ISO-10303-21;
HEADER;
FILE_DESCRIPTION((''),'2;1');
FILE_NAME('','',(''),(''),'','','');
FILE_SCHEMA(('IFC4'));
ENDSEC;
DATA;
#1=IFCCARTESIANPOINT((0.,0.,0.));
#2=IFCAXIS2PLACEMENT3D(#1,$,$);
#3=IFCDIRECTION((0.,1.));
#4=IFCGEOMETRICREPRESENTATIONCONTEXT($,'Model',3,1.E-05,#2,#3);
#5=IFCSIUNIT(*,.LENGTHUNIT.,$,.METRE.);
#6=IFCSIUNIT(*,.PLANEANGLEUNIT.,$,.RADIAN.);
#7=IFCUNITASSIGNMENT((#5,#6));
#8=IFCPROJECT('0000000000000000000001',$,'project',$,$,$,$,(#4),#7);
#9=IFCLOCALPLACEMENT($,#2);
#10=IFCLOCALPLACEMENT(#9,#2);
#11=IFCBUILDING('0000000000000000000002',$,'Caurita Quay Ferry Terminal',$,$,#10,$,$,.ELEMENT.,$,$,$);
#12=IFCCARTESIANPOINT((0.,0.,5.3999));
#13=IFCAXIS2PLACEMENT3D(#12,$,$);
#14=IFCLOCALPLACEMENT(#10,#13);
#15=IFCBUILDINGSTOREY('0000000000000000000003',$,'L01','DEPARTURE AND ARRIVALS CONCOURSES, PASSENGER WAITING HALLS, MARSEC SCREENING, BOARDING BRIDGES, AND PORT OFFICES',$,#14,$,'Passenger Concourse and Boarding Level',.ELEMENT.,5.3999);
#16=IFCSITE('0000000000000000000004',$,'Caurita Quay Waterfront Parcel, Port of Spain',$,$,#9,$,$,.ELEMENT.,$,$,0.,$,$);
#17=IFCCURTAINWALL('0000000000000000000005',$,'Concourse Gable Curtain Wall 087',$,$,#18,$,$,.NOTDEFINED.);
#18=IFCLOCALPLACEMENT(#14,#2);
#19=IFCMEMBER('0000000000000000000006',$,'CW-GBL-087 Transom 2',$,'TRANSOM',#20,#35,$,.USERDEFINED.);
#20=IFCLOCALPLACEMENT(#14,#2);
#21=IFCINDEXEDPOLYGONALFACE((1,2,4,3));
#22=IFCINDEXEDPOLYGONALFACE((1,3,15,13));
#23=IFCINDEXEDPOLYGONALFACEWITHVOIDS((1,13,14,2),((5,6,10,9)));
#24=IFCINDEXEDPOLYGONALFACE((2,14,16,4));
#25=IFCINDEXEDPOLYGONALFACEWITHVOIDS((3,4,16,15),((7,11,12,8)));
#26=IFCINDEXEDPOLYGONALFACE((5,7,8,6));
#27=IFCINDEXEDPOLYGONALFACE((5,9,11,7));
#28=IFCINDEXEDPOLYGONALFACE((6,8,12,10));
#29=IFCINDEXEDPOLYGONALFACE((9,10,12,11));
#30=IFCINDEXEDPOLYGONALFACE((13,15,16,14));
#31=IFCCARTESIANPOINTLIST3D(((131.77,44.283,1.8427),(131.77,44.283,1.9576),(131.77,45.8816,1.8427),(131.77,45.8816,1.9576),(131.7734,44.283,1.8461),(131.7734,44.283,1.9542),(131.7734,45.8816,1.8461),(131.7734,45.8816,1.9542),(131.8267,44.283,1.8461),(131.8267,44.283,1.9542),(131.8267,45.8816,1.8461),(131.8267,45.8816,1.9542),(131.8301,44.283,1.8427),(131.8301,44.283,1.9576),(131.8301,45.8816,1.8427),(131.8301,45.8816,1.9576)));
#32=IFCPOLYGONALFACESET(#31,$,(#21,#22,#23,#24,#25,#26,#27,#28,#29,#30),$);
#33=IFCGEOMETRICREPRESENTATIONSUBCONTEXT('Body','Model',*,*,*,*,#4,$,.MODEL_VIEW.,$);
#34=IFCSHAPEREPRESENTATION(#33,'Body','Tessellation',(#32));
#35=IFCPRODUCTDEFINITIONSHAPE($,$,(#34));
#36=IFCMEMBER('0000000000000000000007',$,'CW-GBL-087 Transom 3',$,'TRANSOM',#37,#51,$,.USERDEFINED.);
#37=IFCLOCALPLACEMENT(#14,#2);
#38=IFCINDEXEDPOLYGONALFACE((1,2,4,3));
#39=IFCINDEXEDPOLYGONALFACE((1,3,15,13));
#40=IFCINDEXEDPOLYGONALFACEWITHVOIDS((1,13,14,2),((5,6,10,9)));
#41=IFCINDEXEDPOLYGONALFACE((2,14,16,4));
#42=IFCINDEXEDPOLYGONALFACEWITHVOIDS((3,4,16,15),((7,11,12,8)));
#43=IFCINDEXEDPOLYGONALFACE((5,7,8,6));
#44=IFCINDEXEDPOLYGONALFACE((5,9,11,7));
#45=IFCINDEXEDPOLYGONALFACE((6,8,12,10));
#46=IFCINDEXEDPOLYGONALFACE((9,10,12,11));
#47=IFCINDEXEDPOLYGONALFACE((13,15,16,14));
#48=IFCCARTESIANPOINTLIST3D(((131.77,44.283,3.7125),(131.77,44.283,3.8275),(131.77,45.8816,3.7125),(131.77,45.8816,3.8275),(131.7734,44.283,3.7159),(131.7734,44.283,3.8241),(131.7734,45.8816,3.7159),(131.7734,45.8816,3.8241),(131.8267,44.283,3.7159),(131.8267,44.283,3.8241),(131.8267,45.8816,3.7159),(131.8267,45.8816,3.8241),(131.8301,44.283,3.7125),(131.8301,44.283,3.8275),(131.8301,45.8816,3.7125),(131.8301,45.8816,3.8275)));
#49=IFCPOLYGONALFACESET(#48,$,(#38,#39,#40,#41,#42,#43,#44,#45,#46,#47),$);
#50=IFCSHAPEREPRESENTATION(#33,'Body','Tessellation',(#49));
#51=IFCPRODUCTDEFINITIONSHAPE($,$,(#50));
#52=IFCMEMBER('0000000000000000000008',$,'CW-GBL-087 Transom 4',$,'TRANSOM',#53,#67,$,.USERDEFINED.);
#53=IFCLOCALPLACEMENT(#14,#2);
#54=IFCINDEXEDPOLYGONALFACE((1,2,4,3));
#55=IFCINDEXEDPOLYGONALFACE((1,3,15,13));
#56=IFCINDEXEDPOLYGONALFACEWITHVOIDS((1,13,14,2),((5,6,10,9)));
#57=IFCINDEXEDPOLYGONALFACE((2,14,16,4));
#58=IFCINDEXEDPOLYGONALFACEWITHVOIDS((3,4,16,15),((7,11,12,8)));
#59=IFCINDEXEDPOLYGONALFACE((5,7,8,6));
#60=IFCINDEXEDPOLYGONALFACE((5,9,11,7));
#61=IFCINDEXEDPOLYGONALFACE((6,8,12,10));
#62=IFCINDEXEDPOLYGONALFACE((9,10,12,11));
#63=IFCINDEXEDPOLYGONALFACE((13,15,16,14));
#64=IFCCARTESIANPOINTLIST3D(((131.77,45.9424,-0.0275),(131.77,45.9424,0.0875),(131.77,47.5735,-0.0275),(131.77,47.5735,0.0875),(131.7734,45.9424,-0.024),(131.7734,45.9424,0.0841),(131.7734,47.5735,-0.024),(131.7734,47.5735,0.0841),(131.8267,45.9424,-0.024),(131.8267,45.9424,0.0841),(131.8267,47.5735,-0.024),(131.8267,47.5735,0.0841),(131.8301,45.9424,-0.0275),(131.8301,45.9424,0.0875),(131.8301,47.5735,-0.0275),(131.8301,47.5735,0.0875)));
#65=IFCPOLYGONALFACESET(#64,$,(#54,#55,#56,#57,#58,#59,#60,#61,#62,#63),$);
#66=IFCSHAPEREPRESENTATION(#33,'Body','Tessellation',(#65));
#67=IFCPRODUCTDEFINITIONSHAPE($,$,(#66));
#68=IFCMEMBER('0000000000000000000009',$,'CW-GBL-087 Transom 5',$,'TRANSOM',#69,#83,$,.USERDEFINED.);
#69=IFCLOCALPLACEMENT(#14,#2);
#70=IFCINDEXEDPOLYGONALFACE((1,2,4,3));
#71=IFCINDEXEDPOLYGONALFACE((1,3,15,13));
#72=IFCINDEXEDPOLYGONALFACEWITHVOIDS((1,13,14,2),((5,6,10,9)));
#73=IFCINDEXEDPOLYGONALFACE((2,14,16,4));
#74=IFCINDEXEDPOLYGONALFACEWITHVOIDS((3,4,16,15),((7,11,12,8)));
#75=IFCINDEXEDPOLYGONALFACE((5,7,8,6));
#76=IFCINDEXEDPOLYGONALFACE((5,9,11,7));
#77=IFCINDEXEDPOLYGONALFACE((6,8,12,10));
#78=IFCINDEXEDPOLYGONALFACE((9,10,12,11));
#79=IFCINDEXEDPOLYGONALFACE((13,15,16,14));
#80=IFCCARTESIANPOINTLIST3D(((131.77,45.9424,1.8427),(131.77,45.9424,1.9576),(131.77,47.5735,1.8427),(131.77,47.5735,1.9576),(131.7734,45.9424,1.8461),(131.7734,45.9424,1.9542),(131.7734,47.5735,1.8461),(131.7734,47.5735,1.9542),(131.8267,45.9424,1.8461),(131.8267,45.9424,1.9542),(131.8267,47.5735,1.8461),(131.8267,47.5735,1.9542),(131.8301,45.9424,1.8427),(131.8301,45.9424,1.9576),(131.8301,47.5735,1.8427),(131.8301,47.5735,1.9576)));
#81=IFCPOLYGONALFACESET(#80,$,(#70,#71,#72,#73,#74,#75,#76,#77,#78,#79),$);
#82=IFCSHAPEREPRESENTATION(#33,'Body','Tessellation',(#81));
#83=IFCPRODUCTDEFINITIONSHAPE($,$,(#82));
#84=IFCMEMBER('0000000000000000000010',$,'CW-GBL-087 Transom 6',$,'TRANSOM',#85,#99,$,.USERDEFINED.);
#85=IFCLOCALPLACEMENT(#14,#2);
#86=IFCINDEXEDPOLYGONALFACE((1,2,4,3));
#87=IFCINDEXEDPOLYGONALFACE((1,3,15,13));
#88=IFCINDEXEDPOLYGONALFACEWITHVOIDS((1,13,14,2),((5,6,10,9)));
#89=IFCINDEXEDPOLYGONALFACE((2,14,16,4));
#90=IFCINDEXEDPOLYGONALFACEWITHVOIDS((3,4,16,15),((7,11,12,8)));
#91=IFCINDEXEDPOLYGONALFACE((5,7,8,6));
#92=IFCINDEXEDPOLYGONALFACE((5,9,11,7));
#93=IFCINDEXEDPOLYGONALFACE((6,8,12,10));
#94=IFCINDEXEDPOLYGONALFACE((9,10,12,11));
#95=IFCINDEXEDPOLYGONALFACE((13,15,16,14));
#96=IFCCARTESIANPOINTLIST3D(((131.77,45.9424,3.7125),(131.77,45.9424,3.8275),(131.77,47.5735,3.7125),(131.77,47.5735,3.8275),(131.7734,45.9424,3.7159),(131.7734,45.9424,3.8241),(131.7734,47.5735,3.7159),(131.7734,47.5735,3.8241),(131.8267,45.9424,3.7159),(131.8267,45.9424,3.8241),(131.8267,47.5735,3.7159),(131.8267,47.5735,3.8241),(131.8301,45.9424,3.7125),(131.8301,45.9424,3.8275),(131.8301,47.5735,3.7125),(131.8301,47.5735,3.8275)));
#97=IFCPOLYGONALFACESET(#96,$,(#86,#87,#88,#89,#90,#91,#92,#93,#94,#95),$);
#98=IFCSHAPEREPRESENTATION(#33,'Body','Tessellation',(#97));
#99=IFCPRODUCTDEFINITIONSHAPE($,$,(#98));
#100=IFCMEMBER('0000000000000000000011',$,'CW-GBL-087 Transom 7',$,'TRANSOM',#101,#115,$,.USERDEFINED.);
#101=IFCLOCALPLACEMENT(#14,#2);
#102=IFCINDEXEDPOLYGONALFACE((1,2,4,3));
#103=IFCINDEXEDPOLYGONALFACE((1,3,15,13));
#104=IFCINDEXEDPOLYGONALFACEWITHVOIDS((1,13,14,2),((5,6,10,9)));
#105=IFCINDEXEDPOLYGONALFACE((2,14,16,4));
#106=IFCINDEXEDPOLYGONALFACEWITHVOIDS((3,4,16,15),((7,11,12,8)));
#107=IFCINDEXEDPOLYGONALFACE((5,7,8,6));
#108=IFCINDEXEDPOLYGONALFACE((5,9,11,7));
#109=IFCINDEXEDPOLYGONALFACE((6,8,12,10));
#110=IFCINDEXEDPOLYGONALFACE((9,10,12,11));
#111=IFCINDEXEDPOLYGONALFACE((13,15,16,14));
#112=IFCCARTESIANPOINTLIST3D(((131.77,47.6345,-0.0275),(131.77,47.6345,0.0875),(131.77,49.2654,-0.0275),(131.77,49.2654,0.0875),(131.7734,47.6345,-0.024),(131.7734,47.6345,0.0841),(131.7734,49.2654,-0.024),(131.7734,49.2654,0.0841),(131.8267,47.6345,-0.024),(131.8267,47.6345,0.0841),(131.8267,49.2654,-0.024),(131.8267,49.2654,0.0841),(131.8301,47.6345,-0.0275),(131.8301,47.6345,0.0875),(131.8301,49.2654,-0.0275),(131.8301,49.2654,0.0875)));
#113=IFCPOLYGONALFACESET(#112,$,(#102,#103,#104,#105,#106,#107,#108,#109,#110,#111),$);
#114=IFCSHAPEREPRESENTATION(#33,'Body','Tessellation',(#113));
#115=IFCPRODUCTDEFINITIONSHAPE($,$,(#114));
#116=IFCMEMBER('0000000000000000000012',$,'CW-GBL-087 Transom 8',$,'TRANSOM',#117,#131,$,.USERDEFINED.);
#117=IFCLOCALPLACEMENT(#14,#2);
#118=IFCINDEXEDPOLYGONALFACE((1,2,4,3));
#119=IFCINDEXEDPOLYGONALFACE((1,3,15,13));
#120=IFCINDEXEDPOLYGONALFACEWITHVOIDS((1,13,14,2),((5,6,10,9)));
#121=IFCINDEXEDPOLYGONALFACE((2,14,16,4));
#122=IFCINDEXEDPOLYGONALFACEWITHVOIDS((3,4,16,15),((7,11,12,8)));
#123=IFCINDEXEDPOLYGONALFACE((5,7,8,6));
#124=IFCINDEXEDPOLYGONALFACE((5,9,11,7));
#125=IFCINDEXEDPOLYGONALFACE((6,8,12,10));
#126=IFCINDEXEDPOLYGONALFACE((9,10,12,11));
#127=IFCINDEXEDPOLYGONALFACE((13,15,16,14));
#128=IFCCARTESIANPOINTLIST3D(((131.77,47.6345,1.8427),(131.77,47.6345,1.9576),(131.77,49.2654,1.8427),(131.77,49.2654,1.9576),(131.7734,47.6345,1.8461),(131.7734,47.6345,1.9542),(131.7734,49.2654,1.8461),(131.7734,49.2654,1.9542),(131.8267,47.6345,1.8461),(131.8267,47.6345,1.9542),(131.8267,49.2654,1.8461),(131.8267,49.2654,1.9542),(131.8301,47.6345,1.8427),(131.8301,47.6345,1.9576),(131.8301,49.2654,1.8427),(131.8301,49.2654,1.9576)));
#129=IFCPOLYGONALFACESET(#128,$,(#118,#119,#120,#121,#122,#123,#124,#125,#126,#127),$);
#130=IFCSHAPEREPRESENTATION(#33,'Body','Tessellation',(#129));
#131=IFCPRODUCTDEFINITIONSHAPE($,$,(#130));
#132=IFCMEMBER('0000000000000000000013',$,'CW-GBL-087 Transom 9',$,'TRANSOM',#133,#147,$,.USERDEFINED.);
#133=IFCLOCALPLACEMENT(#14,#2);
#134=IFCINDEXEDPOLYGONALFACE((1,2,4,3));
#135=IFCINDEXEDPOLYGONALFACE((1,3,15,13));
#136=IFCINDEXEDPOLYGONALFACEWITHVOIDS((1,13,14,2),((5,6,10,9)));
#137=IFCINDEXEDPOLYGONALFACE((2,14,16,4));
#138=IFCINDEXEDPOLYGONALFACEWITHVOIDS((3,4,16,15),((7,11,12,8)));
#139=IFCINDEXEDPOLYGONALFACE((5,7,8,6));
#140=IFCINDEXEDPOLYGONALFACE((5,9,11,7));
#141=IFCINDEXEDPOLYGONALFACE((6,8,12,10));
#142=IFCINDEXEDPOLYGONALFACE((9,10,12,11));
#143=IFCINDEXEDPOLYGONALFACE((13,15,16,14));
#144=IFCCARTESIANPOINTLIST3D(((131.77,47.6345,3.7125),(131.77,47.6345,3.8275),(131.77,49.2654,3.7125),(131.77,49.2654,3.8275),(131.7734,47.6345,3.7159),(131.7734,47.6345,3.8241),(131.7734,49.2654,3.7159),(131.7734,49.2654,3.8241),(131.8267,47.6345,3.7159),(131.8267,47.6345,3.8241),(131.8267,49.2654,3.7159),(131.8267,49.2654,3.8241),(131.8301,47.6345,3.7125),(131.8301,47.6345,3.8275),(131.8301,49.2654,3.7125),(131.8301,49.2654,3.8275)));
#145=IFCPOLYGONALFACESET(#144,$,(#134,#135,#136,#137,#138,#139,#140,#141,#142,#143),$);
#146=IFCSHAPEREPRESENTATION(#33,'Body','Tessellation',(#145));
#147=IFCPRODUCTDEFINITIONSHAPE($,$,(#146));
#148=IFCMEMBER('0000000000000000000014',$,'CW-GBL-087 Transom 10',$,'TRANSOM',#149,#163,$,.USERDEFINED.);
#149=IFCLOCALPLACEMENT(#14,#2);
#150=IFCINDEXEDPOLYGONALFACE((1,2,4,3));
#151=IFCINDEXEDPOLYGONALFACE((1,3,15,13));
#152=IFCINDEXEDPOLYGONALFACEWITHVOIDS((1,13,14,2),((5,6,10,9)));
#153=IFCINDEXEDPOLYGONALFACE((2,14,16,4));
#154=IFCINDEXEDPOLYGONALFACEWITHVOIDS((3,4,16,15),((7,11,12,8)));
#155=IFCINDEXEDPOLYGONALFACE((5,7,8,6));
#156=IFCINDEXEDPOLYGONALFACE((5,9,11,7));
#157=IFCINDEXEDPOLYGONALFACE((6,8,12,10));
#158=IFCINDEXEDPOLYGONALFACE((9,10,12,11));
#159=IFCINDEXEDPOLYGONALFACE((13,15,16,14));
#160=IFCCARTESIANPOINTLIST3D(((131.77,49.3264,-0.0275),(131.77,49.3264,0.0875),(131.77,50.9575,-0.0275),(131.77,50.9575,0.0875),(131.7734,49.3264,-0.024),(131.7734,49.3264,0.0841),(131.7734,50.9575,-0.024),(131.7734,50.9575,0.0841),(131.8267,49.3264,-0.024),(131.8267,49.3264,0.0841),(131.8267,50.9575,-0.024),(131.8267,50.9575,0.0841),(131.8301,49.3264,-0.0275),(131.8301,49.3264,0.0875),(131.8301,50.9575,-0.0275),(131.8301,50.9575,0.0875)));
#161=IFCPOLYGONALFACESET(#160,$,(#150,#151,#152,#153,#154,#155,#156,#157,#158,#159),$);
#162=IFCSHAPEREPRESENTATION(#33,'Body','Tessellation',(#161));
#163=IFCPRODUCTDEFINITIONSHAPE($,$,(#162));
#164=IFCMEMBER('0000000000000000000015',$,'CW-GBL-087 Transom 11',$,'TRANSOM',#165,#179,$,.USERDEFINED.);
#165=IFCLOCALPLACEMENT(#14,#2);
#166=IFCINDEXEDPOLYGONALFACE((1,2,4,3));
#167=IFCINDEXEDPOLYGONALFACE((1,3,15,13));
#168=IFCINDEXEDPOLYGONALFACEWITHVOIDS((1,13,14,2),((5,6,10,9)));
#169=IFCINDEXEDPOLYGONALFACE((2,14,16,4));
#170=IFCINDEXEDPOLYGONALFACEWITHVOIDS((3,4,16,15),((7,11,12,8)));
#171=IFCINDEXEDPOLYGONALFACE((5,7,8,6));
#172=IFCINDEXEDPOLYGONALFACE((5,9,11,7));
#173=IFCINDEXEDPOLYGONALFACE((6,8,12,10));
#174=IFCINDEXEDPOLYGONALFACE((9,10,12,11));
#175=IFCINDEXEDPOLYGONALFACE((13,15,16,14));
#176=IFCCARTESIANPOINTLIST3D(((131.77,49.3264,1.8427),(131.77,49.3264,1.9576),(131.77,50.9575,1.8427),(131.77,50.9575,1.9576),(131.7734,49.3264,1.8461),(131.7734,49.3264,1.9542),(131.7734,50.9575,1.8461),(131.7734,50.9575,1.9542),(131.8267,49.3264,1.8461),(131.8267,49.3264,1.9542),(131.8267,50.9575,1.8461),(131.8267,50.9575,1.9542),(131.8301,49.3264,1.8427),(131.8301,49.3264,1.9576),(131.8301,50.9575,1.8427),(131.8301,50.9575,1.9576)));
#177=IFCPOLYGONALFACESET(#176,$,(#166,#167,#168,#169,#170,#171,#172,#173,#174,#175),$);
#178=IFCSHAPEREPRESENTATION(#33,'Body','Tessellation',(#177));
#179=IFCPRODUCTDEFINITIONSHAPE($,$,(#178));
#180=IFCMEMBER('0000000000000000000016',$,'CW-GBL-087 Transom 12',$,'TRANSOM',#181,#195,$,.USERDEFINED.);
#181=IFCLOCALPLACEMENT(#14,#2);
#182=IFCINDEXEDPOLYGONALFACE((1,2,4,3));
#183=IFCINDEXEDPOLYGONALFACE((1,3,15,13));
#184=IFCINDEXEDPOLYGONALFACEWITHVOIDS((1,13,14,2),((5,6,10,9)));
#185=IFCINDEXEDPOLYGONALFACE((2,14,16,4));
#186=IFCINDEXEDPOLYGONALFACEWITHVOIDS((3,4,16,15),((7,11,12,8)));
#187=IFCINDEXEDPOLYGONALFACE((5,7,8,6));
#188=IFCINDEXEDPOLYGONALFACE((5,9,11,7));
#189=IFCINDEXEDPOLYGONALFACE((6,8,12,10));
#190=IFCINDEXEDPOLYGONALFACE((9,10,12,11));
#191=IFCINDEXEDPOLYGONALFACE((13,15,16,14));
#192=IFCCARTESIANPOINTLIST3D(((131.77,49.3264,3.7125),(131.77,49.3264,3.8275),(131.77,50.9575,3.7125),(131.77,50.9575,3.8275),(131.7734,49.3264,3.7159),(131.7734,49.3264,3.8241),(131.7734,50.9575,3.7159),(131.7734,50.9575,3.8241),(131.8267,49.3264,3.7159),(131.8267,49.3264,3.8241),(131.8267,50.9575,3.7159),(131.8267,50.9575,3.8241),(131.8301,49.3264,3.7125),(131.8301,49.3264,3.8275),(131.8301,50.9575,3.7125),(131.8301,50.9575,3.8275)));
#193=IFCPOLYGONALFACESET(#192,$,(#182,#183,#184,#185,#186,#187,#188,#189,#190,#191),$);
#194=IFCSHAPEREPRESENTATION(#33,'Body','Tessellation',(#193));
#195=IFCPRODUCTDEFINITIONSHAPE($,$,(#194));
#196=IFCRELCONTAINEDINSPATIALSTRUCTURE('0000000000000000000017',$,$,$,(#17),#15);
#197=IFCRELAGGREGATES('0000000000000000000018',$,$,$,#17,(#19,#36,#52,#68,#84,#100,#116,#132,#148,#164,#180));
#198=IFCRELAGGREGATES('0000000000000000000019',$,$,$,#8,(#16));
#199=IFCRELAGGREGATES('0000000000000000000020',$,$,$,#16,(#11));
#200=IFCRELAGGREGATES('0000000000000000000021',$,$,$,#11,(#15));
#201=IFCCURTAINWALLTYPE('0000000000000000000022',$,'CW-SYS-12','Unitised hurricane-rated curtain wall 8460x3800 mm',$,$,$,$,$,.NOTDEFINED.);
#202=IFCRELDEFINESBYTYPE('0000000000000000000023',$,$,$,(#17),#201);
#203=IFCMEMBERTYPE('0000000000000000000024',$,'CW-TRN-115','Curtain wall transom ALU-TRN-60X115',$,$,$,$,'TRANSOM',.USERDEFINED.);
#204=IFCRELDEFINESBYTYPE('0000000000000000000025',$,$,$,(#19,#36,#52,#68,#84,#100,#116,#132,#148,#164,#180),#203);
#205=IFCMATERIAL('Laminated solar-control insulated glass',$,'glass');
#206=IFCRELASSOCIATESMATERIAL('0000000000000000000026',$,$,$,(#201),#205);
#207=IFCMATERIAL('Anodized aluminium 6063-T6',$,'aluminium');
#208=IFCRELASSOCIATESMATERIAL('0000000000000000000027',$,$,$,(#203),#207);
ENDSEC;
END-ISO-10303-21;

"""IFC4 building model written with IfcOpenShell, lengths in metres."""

from ifc_helpers import new_model, si_unit, direction, frame, origin, origin_2d, place, context, subcontext, project, spatial, hollow_rectangle, extrude, material, material_profile, profile_set, type_object, element, aggregate, save


model = new_model("IFC4")

# Units and contexts
model_context = context("Model", 3, precision=1e-05, world=origin(), true_north=direction((0.0, 1.0)))
body_context = subcontext(model_context, "Body", "Model", "MODEL_VIEW")
ifc_project = project(units=[si_unit("LENGTHUNIT", "METRE"), si_unit("PLANEANGLEUNIT", "RADIAN")], contexts=[model_context])

# Site, building, storey
site_placement = place(None, origin())
site = spatial("IfcSite", under=ifc_project, at=site_placement, Name="Caurita Quay Waterfront Parcel, Port of Spain", CompositionType="ELEMENT", RefElevation=0.0)
building_placement = place(site_placement, origin())
building = spatial("IfcBuilding", under=site, at=building_placement, Name="Caurita Quay Ferry Terminal", CompositionType="ELEMENT")
storey_placement = place(building_placement, frame((0.0, 0.0, 5.3999)))
storey = spatial("IfcBuildingStorey", under=building, at=storey_placement, Name="L01", Description="DEPARTURE AND ARRIVALS CONCOURSES, PASSENGER WAITING HALLS, MARSEC SCREENING, BOARDING BRIDGES, AND PORT OFFICES", LongName="Passenger Concourse and Boarding Level", CompositionType="ELEMENT", Elevation=5.3999)

# Curtain wall, members
ifc_material_1 = material(Name="Laminated solar-control insulated glass", Category="glass")
curtain_wall_type = type_object("IfcCurtainWallType", Name="CW-SYS-12", Description="Unitised hurricane-rated curtain wall 8460x3800 mm", PredefinedType="NOTDEFINED", material=ifc_material_1)
curtain_wall_placement = place(storey_placement, origin())
curtain_wall = element("IfcCurtainWall", 1, at=curtain_wall_placement, inside=storey, type_object=curtain_wall_type, Name="Concourse Gable Curtain Wall 087", PredefinedType="NOTDEFINED")
ifc_material_2 = material(Name="Anodized aluminium 6063-T6", Category="aluminium")
ifc_material_profile_1 = material_profile(ifc_material_2, hollow_rectangle(XDim=0.0601, YDim=0.115, WallThickness=0.0034, at=origin_2d()), Name="ALU-TRN-60X115")
ifc_profile_set_1 = profile_set([ifc_material_profile_1], Name="Anodized aluminium 6063-T6")
member_type_1 = type_object("IfcMemberType", Name="CW-TRN-115", Description="Curtain wall transom ALU-TRN-60X115", ElementType="TRANSOM", PredefinedType="USERDEFINED", material=ifc_profile_set_1)
member_1_placement = place(storey_placement, frame((131.8, 44.283, 1.9001), z_axis=(0.0, 1.0, 0.0), x_axis=(-1.0, 0.0, 0.0)))
member_1 = element("IfcMember", 2, at=member_1_placement, type_object=member_type_1, Name="CW-GBL-087 Transom 2", ObjectType="TRANSOM", PredefinedType="USERDEFINED", context=body_context, shape_type="SweptSolid", body=[
    extrude(hollow_rectangle(XDim=0.0601, YDim=0.115, WallThickness=0.0034, at=origin_2d()), origin(), (0.0, 0.0, 1.0), 1.5986),
])
member_2_placement = place(storey_placement, frame((131.8, 44.283, 3.77), z_axis=(0.0, 1.0, 0.0), x_axis=(-1.0, 0.0, 0.0)))
member_2 = element("IfcMember", 3, at=member_2_placement, type_object=member_type_1, Name="CW-GBL-087 Transom 3", ObjectType="TRANSOM", PredefinedType="USERDEFINED", context=body_context, shape_type="SweptSolid", body=[
    extrude(hollow_rectangle(XDim=0.0601, YDim=0.115, WallThickness=0.0034, at=origin_2d()), origin(), (0.0, 0.0, 1.0), 1.5986),
])
member_3_placement = place(storey_placement, frame((131.8, 45.9424, 0.03), z_axis=(0.0, 1.0, 0.0), x_axis=(-1.0, 0.0, 0.0)))
member_3 = element("IfcMember", 4, at=member_3_placement, type_object=member_type_1, Name="CW-GBL-087 Transom 4", ObjectType="TRANSOM", PredefinedType="USERDEFINED", context=body_context, shape_type="SweptSolid", body=[
    extrude(hollow_rectangle(XDim=0.0601, YDim=0.115, WallThickness=0.0034, at=origin_2d()), origin(), (0.0, 0.0, 1.0), 1.6311),
])
member_4_placement = place(storey_placement, frame((131.8, 45.9424, 1.9001), z_axis=(0.0, 1.0, 0.0), x_axis=(-1.0, 0.0, 0.0)))
member_4 = element("IfcMember", 5, at=member_4_placement, type_object=member_type_1, Name="CW-GBL-087 Transom 5", ObjectType="TRANSOM", PredefinedType="USERDEFINED", context=body_context, shape_type="SweptSolid", body=[
    extrude(hollow_rectangle(XDim=0.0601, YDim=0.115, WallThickness=0.0034, at=origin_2d()), origin(), (0.0, 0.0, 1.0), 1.6311),
])
member_5_placement = place(storey_placement, frame((131.8, 45.9424, 3.77), z_axis=(0.0, 1.0, 0.0), x_axis=(-1.0, 0.0, 0.0)))
member_5 = element("IfcMember", 6, at=member_5_placement, type_object=member_type_1, Name="CW-GBL-087 Transom 6", ObjectType="TRANSOM", PredefinedType="USERDEFINED", context=body_context, shape_type="SweptSolid", body=[
    extrude(hollow_rectangle(XDim=0.0601, YDim=0.115, WallThickness=0.0034, at=origin_2d()), origin(), (0.0, 0.0, 1.0), 1.6311),
])
member_6_placement = place(storey_placement, frame((131.8, 47.6345, 0.03), z_axis=(0.0, 1.0, 0.0), x_axis=(-1.0, 0.0, 0.0)))
member_6 = element("IfcMember", 7, at=member_6_placement, type_object=member_type_1, Name="CW-GBL-087 Transom 7", ObjectType="TRANSOM", PredefinedType="USERDEFINED", context=body_context, shape_type="SweptSolid", body=[
    extrude(hollow_rectangle(XDim=0.0601, YDim=0.115, WallThickness=0.0034, at=origin_2d()), origin(), (0.0, 0.0, 1.0), 1.6309),
])
member_7_placement = place(storey_placement, frame((131.8, 47.6345, 1.9001), z_axis=(0.0, 1.0, 0.0), x_axis=(-1.0, 0.0, 0.0)))
member_7 = element("IfcMember", 8, at=member_7_placement, type_object=member_type_1, Name="CW-GBL-087 Transom 8", ObjectType="TRANSOM", PredefinedType="USERDEFINED", context=body_context, shape_type="SweptSolid", body=[
    extrude(hollow_rectangle(XDim=0.0601, YDim=0.115, WallThickness=0.0034, at=origin_2d()), origin(), (0.0, 0.0, 1.0), 1.6309),
])
member_8_placement = place(storey_placement, frame((131.8, 47.6345, 3.77), z_axis=(0.0, 1.0, 0.0), x_axis=(-1.0, 0.0, 0.0)))
member_8 = element("IfcMember", 9, at=member_8_placement, type_object=member_type_1, Name="CW-GBL-087 Transom 9", ObjectType="TRANSOM", PredefinedType="USERDEFINED", context=body_context, shape_type="SweptSolid", body=[
    extrude(hollow_rectangle(XDim=0.0601, YDim=0.115, WallThickness=0.0034, at=origin_2d()), origin(), (0.0, 0.0, 1.0), 1.6309),
])
member_9_placement = place(storey_placement, frame((131.8, 49.3264, 0.03), z_axis=(0.0, 1.0, 0.0), x_axis=(-1.0, 0.0, 0.0)))
member_9 = element("IfcMember", 10, at=member_9_placement, type_object=member_type_1, Name="CW-GBL-087 Transom 10", ObjectType="TRANSOM", PredefinedType="USERDEFINED", context=body_context, shape_type="SweptSolid", body=[
    extrude(hollow_rectangle(XDim=0.0601, YDim=0.115, WallThickness=0.0034, at=origin_2d()), origin(), (0.0, 0.0, 1.0), 1.6311),
])
member_10_placement = place(storey_placement, frame((131.8, 49.3264, 1.9001), z_axis=(0.0, 1.0, 0.0), x_axis=(-1.0, 0.0, 0.0)))
member_10 = element("IfcMember", 11, at=member_10_placement, type_object=member_type_1, Name="CW-GBL-087 Transom 11", ObjectType="TRANSOM", PredefinedType="USERDEFINED", context=body_context, shape_type="SweptSolid", body=[
    extrude(hollow_rectangle(XDim=0.0601, YDim=0.115, WallThickness=0.0034, at=origin_2d()), origin(), (0.0, 0.0, 1.0), 1.6311),
])
member_11_placement = place(storey_placement, frame((131.8, 49.3264, 3.77), z_axis=(0.0, 1.0, 0.0), x_axis=(-1.0, 0.0, 0.0)))
member_11 = element("IfcMember", 12, at=member_11_placement, type_object=member_type_1, Name="CW-GBL-087 Transom 12", ObjectType="TRANSOM", PredefinedType="USERDEFINED", context=body_context, shape_type="SweptSolid", body=[
    extrude(hollow_rectangle(XDim=0.0601, YDim=0.115, WallThickness=0.0034, at=origin_2d()), origin(), (0.0, 0.0, 1.0), 1.6311),
])
aggregate(curtain_wall, [member_1, member_2, member_3, member_4, member_5, member_6, member_7, member_8, member_9, member_10, member_11])

save(model, "model.ifc")
